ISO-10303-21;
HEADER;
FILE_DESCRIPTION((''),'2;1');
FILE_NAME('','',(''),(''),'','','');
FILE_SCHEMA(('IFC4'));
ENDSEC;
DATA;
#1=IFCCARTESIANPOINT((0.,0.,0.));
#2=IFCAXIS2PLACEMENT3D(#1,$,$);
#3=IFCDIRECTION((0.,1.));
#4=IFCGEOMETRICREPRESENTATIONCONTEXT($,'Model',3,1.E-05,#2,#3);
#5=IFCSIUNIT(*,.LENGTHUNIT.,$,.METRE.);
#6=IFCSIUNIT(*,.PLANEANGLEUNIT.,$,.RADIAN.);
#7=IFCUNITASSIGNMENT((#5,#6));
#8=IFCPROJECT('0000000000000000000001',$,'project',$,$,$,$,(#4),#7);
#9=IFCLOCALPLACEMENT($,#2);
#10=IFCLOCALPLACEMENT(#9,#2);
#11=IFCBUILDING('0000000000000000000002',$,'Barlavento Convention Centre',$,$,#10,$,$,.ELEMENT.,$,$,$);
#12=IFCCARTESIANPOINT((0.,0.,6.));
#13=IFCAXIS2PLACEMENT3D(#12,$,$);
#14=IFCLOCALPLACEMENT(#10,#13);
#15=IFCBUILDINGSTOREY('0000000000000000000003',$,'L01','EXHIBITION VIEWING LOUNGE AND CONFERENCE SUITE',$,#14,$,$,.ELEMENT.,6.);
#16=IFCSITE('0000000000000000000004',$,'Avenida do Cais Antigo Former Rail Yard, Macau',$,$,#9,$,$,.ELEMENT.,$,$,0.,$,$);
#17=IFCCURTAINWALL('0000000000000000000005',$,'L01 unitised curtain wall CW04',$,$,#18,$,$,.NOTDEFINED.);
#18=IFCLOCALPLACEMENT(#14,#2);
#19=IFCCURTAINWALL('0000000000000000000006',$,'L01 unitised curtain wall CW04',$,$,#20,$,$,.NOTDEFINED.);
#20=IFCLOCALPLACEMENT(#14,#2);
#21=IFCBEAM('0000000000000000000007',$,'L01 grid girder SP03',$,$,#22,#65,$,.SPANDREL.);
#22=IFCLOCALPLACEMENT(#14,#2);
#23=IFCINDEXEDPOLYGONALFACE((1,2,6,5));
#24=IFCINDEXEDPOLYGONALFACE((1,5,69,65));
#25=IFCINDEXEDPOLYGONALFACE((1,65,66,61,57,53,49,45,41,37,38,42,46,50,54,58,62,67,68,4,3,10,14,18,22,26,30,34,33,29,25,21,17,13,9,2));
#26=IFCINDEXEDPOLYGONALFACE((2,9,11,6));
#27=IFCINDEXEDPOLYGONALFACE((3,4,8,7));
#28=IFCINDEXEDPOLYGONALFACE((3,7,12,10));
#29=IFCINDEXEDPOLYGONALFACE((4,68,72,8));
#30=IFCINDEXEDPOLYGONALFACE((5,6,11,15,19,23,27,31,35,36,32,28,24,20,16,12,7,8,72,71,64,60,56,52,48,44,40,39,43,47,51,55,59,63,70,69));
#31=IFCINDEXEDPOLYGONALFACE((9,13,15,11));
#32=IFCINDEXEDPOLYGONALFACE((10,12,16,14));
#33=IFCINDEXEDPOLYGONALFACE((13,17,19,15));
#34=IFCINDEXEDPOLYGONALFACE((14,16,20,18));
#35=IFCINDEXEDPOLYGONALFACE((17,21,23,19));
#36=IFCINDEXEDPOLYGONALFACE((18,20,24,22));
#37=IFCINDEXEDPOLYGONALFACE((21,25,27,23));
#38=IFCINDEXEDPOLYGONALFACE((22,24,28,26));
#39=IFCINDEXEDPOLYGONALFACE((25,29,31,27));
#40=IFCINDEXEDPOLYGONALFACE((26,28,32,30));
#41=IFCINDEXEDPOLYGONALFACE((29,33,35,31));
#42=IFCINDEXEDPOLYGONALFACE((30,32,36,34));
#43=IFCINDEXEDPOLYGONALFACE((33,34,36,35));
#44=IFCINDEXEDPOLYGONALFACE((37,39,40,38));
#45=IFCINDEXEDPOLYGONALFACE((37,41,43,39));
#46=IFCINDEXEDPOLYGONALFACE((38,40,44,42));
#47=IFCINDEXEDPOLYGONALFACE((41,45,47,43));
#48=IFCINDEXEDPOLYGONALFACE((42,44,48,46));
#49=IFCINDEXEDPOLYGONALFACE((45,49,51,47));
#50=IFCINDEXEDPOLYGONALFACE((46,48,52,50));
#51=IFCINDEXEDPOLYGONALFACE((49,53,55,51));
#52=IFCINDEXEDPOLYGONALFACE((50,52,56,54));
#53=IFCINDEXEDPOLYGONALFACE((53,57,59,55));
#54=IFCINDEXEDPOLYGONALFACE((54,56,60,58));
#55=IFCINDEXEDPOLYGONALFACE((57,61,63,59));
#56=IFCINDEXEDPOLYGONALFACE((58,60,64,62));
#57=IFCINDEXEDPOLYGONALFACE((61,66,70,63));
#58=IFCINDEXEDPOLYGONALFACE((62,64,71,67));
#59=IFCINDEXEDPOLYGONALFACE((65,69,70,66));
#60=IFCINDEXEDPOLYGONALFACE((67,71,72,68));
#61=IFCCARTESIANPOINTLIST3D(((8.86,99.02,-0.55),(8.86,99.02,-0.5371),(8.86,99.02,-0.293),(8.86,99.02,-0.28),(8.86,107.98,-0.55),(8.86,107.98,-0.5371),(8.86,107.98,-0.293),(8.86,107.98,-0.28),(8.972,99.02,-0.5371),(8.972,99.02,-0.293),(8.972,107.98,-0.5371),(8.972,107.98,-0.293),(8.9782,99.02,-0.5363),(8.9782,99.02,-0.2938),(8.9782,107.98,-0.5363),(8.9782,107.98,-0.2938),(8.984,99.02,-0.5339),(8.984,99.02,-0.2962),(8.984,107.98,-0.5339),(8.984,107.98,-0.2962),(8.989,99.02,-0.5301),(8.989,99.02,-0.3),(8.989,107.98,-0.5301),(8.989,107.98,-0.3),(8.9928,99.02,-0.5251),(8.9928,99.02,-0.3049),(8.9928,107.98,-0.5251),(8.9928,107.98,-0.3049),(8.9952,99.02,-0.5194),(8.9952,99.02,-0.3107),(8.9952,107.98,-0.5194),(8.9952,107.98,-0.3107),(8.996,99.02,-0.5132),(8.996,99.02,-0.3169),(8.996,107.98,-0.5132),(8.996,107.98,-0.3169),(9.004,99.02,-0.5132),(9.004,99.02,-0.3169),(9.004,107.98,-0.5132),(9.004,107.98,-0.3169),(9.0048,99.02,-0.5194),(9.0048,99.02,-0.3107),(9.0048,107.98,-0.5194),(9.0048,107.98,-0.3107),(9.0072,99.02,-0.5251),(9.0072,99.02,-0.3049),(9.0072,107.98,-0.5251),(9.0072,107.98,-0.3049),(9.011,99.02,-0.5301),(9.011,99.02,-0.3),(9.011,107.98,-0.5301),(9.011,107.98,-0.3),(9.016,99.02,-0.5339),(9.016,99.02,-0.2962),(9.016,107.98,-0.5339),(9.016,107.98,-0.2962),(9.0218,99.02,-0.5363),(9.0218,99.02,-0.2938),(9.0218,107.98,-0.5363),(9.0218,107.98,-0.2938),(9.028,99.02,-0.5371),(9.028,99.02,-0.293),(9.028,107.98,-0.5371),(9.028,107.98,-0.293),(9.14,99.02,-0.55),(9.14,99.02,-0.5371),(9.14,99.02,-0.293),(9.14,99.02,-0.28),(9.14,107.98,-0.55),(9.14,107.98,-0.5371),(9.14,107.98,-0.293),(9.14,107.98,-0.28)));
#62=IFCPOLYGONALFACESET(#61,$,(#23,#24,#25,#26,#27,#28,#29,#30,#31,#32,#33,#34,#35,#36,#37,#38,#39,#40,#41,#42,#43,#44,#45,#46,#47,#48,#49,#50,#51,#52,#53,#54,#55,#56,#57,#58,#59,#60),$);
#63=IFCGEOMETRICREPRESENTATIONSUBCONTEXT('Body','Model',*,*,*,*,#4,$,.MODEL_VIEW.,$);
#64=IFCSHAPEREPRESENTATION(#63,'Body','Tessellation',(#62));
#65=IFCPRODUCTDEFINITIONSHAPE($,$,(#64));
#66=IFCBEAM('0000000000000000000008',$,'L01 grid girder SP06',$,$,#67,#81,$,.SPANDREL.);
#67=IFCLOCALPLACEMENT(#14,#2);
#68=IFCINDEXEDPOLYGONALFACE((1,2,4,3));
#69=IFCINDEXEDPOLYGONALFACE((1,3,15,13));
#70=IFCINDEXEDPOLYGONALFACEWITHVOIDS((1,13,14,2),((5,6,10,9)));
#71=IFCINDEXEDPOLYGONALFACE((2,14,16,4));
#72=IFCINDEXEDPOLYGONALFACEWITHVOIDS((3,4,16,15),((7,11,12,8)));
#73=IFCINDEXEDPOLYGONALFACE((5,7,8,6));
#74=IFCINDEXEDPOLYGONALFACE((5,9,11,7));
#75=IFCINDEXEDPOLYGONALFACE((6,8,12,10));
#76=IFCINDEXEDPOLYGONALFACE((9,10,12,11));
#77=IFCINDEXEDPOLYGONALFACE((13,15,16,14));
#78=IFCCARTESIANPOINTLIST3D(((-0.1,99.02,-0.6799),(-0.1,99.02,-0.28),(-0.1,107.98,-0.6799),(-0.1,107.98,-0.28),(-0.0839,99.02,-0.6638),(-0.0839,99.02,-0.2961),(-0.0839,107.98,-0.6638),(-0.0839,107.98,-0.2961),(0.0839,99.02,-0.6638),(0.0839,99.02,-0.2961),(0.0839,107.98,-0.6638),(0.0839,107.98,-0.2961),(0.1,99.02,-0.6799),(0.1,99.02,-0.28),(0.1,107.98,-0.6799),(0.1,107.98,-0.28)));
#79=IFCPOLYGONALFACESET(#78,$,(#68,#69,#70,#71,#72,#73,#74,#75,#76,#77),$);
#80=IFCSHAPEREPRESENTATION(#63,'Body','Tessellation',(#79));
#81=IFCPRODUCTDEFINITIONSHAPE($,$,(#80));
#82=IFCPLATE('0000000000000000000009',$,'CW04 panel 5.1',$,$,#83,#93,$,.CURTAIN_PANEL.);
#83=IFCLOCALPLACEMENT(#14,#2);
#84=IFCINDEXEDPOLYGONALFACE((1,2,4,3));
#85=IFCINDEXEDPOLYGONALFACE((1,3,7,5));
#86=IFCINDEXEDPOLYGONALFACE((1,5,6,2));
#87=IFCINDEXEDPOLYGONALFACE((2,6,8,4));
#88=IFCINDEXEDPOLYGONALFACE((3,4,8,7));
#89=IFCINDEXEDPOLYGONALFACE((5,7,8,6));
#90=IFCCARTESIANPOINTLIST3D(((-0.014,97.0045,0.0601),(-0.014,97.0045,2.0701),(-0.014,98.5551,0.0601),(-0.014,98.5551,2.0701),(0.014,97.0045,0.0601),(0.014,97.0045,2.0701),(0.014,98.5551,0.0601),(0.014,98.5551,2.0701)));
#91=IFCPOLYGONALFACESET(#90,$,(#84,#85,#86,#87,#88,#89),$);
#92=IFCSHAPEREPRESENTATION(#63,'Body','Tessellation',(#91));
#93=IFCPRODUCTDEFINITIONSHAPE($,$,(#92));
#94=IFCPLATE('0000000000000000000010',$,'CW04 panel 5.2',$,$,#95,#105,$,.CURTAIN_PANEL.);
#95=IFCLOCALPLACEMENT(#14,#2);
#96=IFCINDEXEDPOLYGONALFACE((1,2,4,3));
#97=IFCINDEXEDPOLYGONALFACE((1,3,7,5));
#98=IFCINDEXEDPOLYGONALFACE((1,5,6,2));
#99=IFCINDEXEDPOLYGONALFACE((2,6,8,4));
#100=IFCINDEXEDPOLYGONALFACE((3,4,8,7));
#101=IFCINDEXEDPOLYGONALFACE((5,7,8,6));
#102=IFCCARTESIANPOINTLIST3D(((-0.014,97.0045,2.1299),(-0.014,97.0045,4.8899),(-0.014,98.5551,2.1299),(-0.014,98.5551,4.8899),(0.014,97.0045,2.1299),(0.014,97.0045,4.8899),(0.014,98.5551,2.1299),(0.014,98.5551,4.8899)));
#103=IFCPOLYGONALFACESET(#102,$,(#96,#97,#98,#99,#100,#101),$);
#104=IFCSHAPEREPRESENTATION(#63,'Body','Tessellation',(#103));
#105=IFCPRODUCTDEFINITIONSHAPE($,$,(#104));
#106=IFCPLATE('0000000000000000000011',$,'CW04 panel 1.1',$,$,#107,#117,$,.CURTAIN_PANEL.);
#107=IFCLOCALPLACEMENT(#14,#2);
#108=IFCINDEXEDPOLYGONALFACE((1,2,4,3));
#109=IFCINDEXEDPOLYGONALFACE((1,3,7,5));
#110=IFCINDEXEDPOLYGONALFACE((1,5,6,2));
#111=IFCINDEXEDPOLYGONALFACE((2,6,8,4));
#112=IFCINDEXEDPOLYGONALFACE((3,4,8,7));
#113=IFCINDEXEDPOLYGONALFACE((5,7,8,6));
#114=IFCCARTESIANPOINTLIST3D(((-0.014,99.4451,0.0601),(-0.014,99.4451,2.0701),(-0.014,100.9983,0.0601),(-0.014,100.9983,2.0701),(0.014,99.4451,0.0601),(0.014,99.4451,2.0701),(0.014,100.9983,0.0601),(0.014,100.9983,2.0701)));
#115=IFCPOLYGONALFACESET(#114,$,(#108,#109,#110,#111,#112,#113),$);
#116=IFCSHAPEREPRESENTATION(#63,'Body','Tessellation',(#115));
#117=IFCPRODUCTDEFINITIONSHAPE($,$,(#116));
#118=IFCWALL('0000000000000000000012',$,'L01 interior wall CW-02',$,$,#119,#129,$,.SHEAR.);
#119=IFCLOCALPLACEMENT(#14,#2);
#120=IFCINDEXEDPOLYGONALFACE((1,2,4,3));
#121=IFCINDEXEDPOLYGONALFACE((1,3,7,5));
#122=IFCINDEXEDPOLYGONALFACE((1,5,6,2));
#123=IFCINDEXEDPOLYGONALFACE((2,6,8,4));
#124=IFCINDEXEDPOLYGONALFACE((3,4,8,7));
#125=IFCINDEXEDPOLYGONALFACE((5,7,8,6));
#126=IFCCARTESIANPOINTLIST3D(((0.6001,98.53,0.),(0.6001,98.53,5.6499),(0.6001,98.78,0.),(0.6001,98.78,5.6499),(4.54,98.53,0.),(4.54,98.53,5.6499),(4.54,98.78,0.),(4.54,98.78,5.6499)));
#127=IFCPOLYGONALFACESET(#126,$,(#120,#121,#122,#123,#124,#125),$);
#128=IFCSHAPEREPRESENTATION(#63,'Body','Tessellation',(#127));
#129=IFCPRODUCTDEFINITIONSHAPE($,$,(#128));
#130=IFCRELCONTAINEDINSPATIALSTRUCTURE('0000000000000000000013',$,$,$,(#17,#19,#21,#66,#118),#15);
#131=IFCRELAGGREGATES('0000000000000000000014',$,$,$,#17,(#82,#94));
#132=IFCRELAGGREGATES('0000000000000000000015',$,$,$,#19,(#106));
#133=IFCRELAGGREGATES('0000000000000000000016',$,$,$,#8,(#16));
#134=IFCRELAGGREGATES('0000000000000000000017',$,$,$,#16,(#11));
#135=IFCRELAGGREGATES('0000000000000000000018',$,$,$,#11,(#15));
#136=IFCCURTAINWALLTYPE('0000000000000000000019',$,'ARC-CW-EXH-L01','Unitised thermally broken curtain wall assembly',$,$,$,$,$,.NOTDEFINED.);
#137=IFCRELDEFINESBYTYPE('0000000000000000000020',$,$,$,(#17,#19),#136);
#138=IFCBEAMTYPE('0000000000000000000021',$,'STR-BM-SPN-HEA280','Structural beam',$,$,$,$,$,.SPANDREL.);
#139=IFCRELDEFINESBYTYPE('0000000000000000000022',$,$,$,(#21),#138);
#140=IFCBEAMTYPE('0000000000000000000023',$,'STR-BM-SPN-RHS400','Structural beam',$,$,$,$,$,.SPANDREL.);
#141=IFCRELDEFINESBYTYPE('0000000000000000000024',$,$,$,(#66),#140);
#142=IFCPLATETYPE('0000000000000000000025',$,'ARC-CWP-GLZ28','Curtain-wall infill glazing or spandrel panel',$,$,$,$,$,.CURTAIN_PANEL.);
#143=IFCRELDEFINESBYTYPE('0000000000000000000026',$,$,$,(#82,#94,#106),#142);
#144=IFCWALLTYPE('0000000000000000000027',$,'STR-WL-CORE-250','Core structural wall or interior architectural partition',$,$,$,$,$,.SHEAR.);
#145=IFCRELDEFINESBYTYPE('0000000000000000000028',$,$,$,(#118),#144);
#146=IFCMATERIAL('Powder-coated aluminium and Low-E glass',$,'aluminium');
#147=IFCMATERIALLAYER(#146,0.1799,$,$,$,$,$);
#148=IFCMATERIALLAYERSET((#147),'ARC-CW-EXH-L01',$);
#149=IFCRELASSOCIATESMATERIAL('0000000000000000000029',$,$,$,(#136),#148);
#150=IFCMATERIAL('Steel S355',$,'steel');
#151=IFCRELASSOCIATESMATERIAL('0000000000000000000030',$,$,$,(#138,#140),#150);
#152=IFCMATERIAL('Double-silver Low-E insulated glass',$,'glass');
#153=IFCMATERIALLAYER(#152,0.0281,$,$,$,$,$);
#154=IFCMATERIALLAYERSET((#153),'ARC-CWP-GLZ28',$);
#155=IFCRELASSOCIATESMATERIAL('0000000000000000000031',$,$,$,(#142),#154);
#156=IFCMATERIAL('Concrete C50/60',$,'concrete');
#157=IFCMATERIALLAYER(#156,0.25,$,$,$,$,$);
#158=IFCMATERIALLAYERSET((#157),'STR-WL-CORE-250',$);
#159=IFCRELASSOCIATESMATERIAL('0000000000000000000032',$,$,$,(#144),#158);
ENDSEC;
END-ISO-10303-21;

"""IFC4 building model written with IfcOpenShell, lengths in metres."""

from ifc_helpers import new_model, si_unit, direction, frame, frame_2d, origin, origin_2d, place, context, subcontext, project, spatial, rectangle, hollow_rectangle, i_section, extrude, material, layer, layer_set, material_profile, profile_set, type_object, element, aggregate, save


model = new_model("IFC4")

# Units and contexts
model_context = context("Model", 3, precision=1e-05, world=origin(), true_north=direction((0.0, 1.0)))
body_context = subcontext(model_context, "Body", "Model", "MODEL_VIEW")
ifc_project = project(units=[si_unit("LENGTHUNIT", "METRE"), si_unit("PLANEANGLEUNIT", "RADIAN")], contexts=[model_context])

# Site, building, storey
site_placement = place(None, origin())
site = spatial("IfcSite", under=ifc_project, at=site_placement, Name="Avenida do Cais Antigo Former Rail Yard, Macau", CompositionType="ELEMENT", RefElevation=0.0)
building_placement = place(site_placement, origin())
building = spatial("IfcBuilding", under=site, at=building_placement, Name="Barlavento Convention Centre", CompositionType="ELEMENT")
storey_placement = place(building_placement, frame((0.0, 0.0, 6.0)))
storey = spatial("IfcBuildingStorey", under=building, at=storey_placement, Name="L01", Description="EXHIBITION VIEWING LOUNGE AND CONFERENCE SUITE", CompositionType="ELEMENT", Elevation=6.0)

# Shared definitions
ifc_material_1 = material(Name="Steel S355", Category="steel")

# Curtain walls
ifc_material_2 = material(Name="Powder-coated aluminium and Low-E glass", Category="aluminium")
ifc_layer_1 = layer(ifc_material_2, 0.1799)
ifc_layer_set_1 = layer_set([ifc_layer_1], Name="ARC-CW-EXH-L01")
curtain_wall_type = type_object("IfcCurtainWallType", Name="ARC-CW-EXH-L01", Description="Unitised thermally broken curtain wall assembly", PredefinedType="NOTDEFINED", material=ifc_layer_set_1)
curtain_wall_1_placement = place(storey_placement, origin())
curtain_wall_1 = element("IfcCurtainWall", 1, at=curtain_wall_1_placement, inside=storey, type_object=curtain_wall_type, Name="L01 unitised curtain wall CW04", PredefinedType="NOTDEFINED")
curtain_wall_2_placement = place(storey_placement, origin())
curtain_wall_2 = element("IfcCurtainWall", 2, at=curtain_wall_2_placement, inside=storey, type_object=curtain_wall_type, Name="L01 unitised curtain wall CW04", PredefinedType="NOTDEFINED")

# Beams
ifc_material_profile_1 = material_profile(ifc_material_1, i_section(OverallWidth=0.28, OverallDepth=0.27, WebThickness=0.0081, FlangeThickness=0.0129, FilletRadius=0.0239, at=origin_2d()), Name="HEA 280")
ifc_profile_set_1 = profile_set([ifc_material_profile_1], Name="Steel S355")
beam_type_1 = type_object("IfcBeamType", Name="STR-BM-SPN-HEA280", Description="Structural beam", PredefinedType="SPANDREL", material=ifc_profile_set_1)
beam_1_placement = place(storey_placement, frame((9.0, 99.02, -0.415), z_axis=(0.0, 1.0, 0.0), x_axis=(-1.0, 0.0, 0.0)))
element("IfcBeam", 3, at=beam_1_placement, inside=storey, type_object=beam_type_1, Name="L01 grid girder SP03", PredefinedType="SPANDREL", context=body_context, shape_type="SweptSolid", body=[
    extrude(i_section(OverallWidth=0.28, OverallDepth=0.27, WebThickness=0.0081, FlangeThickness=0.0129, FilletRadius=0.0239, at=origin_2d()), origin(), (0.0, 0.0, 1.0), 8.96),
])
ifc_material_profile_2 = material_profile(ifc_material_1, hollow_rectangle(XDim=0.2, YDim=0.3999, WallThickness=0.0161, at=origin_2d()), Name="RHS 400x200x16.0")
ifc_profile_set_2 = profile_set([ifc_material_profile_2], Name="Steel S355")
beam_type_2 = type_object("IfcBeamType", Name="STR-BM-SPN-RHS400", Description="Structural beam", PredefinedType="SPANDREL", material=ifc_profile_set_2)
beam_2_placement = place(storey_placement, frame((0.0, 99.02, -0.48), z_axis=(0.0, 1.0, 0.0), x_axis=(-1.0, 0.0, 0.0)))
element("IfcBeam", 4, at=beam_2_placement, inside=storey, type_object=beam_type_2, Name="L01 grid girder SP06", PredefinedType="SPANDREL", context=body_context, shape_type="SweptSolid", body=[
    extrude(hollow_rectangle(XDim=0.2, YDim=0.3999, WallThickness=0.0161, at=origin_2d()), origin(), (0.0, 0.0, 1.0), 8.96),
])

# Plates
ifc_material_3 = material(Name="Double-silver Low-E insulated glass", Category="glass")
ifc_layer_2 = layer(ifc_material_3, 0.0281)
ifc_layer_set_2 = layer_set([ifc_layer_2], Name="ARC-CWP-GLZ28")
plate_type = type_object("IfcPlateType", Name="ARC-CWP-GLZ28", Description="Curtain-wall infill glazing or spandrel panel", PredefinedType="CURTAIN_PANEL", material=ifc_layer_set_2)
plate_1_placement = place(storey_placement, frame((0.0, 97.7798, 0.0601), z_axis=(0.0, 0.0, 1.0), x_axis=(0.0, 1.0, 0.0)))
plate_1 = element("IfcPlate", 5, at=plate_1_placement, type_object=plate_type, Name="CW04 panel 5.1", PredefinedType="CURTAIN_PANEL", context=body_context, shape_type="SweptSolid", body=[
    extrude(rectangle(XDim=1.5505, YDim=0.0281, at=origin_2d()), origin(), (0.0, 0.0, 1.0), 2.01),
])
plate_2_placement = place(storey_placement, frame((0.0, 97.7798, 2.1299), z_axis=(0.0, 0.0, 1.0), x_axis=(0.0, 1.0, 0.0)))
plate_2 = element("IfcPlate", 6, at=plate_2_placement, type_object=plate_type, Name="CW04 panel 5.2", PredefinedType="CURTAIN_PANEL", context=body_context, shape_type="SweptSolid", body=[
    extrude(rectangle(XDim=1.5505, YDim=0.0281, at=origin_2d()), origin(), (0.0, 0.0, 1.0), 2.76),
])
aggregate(curtain_wall_1, [plate_1, plate_2])
plate_3_placement = place(storey_placement, frame((0.0, 100.2217, 0.0601), z_axis=(0.0, 0.0, 1.0), x_axis=(0.0, 1.0, 0.0)))
plate_3 = element("IfcPlate", 7, at=plate_3_placement, type_object=plate_type, Name="CW04 panel 1.1", PredefinedType="CURTAIN_PANEL", context=body_context, shape_type="SweptSolid", body=[
    extrude(rectangle(XDim=1.5532, YDim=0.0281, at=origin_2d()), origin(), (0.0, 0.0, 1.0), 2.01),
])
aggregate(curtain_wall_2, [plate_3])

# Wall
ifc_material_4 = material(Name="Concrete C50/60", Category="concrete")
ifc_layer_3 = layer(ifc_material_4, 0.25)
ifc_layer_set_3 = layer_set([ifc_layer_3], Name="STR-WL-CORE-250")
wall_type = type_object("IfcWallType", Name="STR-WL-CORE-250", Description="Core structural wall or interior architectural partition", PredefinedType="SHEAR", material=ifc_layer_set_3)
wall_placement = place(storey_placement, frame((0.6001, 98.655, 0.0), z_axis=(0.0, 0.0, 1.0), x_axis=(1.0, 0.0, 0.0)))
element("IfcWall", 8, at=wall_placement, inside=storey, type_object=wall_type, Name="L01 interior wall CW-02", PredefinedType="SHEAR", context=body_context, shape_type="SweptSolid", body=[
    extrude(rectangle(XDim=3.9399, YDim=0.25, at=frame_2d((1.97, 0.0))), origin(), (0.0, 0.0, 1.0), 5.6499),
])

save(model, "model.ifc")
